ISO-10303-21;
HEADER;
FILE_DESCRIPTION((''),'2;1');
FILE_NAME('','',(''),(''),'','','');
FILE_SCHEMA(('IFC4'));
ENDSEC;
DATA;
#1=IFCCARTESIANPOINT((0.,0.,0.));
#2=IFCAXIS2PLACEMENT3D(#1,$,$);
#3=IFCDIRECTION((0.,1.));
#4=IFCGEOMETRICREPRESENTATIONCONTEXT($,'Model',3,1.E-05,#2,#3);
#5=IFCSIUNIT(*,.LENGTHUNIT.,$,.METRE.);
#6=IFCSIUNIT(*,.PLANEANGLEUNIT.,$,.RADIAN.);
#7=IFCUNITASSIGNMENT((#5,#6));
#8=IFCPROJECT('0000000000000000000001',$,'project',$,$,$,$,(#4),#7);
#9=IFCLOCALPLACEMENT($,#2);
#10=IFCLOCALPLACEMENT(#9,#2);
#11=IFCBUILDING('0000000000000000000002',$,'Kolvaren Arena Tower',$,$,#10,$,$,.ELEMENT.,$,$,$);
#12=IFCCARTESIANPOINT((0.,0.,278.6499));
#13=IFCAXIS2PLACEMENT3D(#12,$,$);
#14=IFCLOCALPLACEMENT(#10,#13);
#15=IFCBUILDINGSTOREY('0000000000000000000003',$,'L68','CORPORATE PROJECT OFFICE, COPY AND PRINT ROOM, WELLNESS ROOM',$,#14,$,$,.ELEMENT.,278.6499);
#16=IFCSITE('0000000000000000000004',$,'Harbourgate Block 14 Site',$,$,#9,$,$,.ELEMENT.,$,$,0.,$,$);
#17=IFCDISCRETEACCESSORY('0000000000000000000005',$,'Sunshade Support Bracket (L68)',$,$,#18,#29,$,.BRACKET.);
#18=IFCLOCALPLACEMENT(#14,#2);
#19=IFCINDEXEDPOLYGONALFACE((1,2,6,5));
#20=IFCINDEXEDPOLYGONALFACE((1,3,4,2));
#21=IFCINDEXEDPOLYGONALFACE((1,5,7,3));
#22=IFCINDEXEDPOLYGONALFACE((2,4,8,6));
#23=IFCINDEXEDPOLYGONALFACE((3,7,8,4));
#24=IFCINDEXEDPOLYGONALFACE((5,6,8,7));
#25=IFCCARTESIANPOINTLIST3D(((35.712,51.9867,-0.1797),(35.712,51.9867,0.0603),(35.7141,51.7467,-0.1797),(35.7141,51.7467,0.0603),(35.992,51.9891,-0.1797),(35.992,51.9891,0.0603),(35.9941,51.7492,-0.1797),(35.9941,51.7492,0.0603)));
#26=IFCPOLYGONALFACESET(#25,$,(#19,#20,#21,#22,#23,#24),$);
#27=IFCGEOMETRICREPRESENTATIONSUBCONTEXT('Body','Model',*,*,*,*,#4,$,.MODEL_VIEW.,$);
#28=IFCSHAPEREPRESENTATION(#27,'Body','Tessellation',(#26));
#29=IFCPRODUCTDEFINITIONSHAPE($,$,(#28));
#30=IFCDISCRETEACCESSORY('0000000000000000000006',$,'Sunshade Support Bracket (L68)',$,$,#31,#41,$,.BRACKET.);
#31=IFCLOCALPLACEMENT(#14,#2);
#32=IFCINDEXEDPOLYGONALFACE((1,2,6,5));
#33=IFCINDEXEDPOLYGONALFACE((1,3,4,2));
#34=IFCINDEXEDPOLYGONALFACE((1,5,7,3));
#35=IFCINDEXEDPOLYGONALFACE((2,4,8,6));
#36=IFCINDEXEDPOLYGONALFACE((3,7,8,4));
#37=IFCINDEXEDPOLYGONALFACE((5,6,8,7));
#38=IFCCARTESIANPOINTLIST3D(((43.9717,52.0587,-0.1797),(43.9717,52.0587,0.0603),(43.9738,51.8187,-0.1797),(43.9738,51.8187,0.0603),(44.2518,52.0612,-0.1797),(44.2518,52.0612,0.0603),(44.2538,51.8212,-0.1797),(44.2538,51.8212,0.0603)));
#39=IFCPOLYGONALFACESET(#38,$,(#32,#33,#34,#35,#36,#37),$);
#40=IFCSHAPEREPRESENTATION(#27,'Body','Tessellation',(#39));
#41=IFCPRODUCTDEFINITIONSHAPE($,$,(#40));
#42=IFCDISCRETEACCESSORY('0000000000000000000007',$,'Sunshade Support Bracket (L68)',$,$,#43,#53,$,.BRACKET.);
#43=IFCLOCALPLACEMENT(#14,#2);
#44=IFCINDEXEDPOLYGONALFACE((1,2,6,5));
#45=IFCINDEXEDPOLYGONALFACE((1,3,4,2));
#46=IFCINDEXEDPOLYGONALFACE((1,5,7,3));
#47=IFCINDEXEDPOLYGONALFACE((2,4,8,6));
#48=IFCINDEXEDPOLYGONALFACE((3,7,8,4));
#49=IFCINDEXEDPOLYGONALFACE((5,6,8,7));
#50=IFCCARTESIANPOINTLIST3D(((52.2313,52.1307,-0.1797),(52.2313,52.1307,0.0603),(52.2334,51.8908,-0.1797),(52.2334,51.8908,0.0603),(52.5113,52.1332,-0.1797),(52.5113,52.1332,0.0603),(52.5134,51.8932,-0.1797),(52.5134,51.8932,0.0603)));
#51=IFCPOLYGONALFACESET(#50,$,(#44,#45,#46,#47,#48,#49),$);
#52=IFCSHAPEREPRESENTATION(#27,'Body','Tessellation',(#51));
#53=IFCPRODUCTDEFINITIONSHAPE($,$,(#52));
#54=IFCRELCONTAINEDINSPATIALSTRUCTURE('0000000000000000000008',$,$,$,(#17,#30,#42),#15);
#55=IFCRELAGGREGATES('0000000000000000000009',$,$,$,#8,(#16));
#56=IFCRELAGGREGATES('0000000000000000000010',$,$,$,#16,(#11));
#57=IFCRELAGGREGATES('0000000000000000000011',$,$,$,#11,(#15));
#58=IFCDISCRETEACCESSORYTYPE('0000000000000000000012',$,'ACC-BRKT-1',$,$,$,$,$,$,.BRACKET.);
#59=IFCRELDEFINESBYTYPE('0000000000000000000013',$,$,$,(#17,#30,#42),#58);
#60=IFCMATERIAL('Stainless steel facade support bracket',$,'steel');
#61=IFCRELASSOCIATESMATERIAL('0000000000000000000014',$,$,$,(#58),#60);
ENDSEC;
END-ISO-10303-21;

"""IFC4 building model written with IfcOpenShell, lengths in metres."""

from ifc_helpers import new_model, si_unit, direction, frame, origin, origin_2d, place, context, subcontext, project, spatial, rectangle, extrude, material, type_object, element, save


model = new_model("IFC4")

# Units and contexts
model_context = context("Model", 3, precision=1e-05, world=origin(), true_north=direction((0.0, 1.0)))
body_context = subcontext(model_context, "Body", "Model", "MODEL_VIEW")
ifc_project = project(units=[si_unit("LENGTHUNIT", "METRE"), si_unit("PLANEANGLEUNIT", "RADIAN")], contexts=[model_context])

# Site, building, storey
site_placement = place(None, origin())
site = spatial("IfcSite", under=ifc_project, at=site_placement, Name="Harbourgate Block 14 Site", CompositionType="ELEMENT", RefElevation=0.0)
building_placement = place(site_placement, origin())
building = spatial("IfcBuilding", under=site, at=building_placement, Name="Kolvaren Arena Tower", CompositionType="ELEMENT")
storey_placement = place(building_placement, frame((0.0, 0.0, 278.6499)))
storey = spatial("IfcBuildingStorey", under=building, at=storey_placement, Name="L68", Description="CORPORATE PROJECT OFFICE, COPY AND PRINT ROOM, WELLNESS ROOM", CompositionType="ELEMENT", Elevation=278.6499)

# Discrete accessories
ifc_material_1 = material(Name="Stainless steel facade support bracket", Category="steel")
discrete_accessory_type = type_object("IfcDiscreteAccessoryType", Name="ACC-BRKT-1", PredefinedType="BRACKET", material=ifc_material_1)
for number, where, z_axis, x_axis, name in (
    (1, (35.853, 51.8679, -0.1797), (0.0, 0.0, 1.0), (0.999962, 0.008727, 0.0), "Sunshade Support Bracket (L68)"),
    (2, (44.1128, 51.9399, -0.1797), (0.0, 0.0, 1.0), (0.999962, 0.008727, 0.0), "Sunshade Support Bracket (L68)"),
    (3, (52.3723, 52.012, -0.1797), (0.0, 0.0, 1.0), (0.999962, 0.008727, 0.0), "Sunshade Support Bracket (L68)"),
):
    element("IfcDiscreteAccessory", number, at=place(storey_placement, frame(where, z_axis=z_axis, x_axis=x_axis)), inside=storey, type_object=discrete_accessory_type, Name=name, PredefinedType="BRACKET", context=body_context, shape_type="SweptSolid", body=[
        extrude(rectangle(XDim=0.28, YDim=0.24, at=origin_2d()), origin(), (0.0, 0.0, 1.0), 0.24),
    ])

save(model, "model.ifc")
